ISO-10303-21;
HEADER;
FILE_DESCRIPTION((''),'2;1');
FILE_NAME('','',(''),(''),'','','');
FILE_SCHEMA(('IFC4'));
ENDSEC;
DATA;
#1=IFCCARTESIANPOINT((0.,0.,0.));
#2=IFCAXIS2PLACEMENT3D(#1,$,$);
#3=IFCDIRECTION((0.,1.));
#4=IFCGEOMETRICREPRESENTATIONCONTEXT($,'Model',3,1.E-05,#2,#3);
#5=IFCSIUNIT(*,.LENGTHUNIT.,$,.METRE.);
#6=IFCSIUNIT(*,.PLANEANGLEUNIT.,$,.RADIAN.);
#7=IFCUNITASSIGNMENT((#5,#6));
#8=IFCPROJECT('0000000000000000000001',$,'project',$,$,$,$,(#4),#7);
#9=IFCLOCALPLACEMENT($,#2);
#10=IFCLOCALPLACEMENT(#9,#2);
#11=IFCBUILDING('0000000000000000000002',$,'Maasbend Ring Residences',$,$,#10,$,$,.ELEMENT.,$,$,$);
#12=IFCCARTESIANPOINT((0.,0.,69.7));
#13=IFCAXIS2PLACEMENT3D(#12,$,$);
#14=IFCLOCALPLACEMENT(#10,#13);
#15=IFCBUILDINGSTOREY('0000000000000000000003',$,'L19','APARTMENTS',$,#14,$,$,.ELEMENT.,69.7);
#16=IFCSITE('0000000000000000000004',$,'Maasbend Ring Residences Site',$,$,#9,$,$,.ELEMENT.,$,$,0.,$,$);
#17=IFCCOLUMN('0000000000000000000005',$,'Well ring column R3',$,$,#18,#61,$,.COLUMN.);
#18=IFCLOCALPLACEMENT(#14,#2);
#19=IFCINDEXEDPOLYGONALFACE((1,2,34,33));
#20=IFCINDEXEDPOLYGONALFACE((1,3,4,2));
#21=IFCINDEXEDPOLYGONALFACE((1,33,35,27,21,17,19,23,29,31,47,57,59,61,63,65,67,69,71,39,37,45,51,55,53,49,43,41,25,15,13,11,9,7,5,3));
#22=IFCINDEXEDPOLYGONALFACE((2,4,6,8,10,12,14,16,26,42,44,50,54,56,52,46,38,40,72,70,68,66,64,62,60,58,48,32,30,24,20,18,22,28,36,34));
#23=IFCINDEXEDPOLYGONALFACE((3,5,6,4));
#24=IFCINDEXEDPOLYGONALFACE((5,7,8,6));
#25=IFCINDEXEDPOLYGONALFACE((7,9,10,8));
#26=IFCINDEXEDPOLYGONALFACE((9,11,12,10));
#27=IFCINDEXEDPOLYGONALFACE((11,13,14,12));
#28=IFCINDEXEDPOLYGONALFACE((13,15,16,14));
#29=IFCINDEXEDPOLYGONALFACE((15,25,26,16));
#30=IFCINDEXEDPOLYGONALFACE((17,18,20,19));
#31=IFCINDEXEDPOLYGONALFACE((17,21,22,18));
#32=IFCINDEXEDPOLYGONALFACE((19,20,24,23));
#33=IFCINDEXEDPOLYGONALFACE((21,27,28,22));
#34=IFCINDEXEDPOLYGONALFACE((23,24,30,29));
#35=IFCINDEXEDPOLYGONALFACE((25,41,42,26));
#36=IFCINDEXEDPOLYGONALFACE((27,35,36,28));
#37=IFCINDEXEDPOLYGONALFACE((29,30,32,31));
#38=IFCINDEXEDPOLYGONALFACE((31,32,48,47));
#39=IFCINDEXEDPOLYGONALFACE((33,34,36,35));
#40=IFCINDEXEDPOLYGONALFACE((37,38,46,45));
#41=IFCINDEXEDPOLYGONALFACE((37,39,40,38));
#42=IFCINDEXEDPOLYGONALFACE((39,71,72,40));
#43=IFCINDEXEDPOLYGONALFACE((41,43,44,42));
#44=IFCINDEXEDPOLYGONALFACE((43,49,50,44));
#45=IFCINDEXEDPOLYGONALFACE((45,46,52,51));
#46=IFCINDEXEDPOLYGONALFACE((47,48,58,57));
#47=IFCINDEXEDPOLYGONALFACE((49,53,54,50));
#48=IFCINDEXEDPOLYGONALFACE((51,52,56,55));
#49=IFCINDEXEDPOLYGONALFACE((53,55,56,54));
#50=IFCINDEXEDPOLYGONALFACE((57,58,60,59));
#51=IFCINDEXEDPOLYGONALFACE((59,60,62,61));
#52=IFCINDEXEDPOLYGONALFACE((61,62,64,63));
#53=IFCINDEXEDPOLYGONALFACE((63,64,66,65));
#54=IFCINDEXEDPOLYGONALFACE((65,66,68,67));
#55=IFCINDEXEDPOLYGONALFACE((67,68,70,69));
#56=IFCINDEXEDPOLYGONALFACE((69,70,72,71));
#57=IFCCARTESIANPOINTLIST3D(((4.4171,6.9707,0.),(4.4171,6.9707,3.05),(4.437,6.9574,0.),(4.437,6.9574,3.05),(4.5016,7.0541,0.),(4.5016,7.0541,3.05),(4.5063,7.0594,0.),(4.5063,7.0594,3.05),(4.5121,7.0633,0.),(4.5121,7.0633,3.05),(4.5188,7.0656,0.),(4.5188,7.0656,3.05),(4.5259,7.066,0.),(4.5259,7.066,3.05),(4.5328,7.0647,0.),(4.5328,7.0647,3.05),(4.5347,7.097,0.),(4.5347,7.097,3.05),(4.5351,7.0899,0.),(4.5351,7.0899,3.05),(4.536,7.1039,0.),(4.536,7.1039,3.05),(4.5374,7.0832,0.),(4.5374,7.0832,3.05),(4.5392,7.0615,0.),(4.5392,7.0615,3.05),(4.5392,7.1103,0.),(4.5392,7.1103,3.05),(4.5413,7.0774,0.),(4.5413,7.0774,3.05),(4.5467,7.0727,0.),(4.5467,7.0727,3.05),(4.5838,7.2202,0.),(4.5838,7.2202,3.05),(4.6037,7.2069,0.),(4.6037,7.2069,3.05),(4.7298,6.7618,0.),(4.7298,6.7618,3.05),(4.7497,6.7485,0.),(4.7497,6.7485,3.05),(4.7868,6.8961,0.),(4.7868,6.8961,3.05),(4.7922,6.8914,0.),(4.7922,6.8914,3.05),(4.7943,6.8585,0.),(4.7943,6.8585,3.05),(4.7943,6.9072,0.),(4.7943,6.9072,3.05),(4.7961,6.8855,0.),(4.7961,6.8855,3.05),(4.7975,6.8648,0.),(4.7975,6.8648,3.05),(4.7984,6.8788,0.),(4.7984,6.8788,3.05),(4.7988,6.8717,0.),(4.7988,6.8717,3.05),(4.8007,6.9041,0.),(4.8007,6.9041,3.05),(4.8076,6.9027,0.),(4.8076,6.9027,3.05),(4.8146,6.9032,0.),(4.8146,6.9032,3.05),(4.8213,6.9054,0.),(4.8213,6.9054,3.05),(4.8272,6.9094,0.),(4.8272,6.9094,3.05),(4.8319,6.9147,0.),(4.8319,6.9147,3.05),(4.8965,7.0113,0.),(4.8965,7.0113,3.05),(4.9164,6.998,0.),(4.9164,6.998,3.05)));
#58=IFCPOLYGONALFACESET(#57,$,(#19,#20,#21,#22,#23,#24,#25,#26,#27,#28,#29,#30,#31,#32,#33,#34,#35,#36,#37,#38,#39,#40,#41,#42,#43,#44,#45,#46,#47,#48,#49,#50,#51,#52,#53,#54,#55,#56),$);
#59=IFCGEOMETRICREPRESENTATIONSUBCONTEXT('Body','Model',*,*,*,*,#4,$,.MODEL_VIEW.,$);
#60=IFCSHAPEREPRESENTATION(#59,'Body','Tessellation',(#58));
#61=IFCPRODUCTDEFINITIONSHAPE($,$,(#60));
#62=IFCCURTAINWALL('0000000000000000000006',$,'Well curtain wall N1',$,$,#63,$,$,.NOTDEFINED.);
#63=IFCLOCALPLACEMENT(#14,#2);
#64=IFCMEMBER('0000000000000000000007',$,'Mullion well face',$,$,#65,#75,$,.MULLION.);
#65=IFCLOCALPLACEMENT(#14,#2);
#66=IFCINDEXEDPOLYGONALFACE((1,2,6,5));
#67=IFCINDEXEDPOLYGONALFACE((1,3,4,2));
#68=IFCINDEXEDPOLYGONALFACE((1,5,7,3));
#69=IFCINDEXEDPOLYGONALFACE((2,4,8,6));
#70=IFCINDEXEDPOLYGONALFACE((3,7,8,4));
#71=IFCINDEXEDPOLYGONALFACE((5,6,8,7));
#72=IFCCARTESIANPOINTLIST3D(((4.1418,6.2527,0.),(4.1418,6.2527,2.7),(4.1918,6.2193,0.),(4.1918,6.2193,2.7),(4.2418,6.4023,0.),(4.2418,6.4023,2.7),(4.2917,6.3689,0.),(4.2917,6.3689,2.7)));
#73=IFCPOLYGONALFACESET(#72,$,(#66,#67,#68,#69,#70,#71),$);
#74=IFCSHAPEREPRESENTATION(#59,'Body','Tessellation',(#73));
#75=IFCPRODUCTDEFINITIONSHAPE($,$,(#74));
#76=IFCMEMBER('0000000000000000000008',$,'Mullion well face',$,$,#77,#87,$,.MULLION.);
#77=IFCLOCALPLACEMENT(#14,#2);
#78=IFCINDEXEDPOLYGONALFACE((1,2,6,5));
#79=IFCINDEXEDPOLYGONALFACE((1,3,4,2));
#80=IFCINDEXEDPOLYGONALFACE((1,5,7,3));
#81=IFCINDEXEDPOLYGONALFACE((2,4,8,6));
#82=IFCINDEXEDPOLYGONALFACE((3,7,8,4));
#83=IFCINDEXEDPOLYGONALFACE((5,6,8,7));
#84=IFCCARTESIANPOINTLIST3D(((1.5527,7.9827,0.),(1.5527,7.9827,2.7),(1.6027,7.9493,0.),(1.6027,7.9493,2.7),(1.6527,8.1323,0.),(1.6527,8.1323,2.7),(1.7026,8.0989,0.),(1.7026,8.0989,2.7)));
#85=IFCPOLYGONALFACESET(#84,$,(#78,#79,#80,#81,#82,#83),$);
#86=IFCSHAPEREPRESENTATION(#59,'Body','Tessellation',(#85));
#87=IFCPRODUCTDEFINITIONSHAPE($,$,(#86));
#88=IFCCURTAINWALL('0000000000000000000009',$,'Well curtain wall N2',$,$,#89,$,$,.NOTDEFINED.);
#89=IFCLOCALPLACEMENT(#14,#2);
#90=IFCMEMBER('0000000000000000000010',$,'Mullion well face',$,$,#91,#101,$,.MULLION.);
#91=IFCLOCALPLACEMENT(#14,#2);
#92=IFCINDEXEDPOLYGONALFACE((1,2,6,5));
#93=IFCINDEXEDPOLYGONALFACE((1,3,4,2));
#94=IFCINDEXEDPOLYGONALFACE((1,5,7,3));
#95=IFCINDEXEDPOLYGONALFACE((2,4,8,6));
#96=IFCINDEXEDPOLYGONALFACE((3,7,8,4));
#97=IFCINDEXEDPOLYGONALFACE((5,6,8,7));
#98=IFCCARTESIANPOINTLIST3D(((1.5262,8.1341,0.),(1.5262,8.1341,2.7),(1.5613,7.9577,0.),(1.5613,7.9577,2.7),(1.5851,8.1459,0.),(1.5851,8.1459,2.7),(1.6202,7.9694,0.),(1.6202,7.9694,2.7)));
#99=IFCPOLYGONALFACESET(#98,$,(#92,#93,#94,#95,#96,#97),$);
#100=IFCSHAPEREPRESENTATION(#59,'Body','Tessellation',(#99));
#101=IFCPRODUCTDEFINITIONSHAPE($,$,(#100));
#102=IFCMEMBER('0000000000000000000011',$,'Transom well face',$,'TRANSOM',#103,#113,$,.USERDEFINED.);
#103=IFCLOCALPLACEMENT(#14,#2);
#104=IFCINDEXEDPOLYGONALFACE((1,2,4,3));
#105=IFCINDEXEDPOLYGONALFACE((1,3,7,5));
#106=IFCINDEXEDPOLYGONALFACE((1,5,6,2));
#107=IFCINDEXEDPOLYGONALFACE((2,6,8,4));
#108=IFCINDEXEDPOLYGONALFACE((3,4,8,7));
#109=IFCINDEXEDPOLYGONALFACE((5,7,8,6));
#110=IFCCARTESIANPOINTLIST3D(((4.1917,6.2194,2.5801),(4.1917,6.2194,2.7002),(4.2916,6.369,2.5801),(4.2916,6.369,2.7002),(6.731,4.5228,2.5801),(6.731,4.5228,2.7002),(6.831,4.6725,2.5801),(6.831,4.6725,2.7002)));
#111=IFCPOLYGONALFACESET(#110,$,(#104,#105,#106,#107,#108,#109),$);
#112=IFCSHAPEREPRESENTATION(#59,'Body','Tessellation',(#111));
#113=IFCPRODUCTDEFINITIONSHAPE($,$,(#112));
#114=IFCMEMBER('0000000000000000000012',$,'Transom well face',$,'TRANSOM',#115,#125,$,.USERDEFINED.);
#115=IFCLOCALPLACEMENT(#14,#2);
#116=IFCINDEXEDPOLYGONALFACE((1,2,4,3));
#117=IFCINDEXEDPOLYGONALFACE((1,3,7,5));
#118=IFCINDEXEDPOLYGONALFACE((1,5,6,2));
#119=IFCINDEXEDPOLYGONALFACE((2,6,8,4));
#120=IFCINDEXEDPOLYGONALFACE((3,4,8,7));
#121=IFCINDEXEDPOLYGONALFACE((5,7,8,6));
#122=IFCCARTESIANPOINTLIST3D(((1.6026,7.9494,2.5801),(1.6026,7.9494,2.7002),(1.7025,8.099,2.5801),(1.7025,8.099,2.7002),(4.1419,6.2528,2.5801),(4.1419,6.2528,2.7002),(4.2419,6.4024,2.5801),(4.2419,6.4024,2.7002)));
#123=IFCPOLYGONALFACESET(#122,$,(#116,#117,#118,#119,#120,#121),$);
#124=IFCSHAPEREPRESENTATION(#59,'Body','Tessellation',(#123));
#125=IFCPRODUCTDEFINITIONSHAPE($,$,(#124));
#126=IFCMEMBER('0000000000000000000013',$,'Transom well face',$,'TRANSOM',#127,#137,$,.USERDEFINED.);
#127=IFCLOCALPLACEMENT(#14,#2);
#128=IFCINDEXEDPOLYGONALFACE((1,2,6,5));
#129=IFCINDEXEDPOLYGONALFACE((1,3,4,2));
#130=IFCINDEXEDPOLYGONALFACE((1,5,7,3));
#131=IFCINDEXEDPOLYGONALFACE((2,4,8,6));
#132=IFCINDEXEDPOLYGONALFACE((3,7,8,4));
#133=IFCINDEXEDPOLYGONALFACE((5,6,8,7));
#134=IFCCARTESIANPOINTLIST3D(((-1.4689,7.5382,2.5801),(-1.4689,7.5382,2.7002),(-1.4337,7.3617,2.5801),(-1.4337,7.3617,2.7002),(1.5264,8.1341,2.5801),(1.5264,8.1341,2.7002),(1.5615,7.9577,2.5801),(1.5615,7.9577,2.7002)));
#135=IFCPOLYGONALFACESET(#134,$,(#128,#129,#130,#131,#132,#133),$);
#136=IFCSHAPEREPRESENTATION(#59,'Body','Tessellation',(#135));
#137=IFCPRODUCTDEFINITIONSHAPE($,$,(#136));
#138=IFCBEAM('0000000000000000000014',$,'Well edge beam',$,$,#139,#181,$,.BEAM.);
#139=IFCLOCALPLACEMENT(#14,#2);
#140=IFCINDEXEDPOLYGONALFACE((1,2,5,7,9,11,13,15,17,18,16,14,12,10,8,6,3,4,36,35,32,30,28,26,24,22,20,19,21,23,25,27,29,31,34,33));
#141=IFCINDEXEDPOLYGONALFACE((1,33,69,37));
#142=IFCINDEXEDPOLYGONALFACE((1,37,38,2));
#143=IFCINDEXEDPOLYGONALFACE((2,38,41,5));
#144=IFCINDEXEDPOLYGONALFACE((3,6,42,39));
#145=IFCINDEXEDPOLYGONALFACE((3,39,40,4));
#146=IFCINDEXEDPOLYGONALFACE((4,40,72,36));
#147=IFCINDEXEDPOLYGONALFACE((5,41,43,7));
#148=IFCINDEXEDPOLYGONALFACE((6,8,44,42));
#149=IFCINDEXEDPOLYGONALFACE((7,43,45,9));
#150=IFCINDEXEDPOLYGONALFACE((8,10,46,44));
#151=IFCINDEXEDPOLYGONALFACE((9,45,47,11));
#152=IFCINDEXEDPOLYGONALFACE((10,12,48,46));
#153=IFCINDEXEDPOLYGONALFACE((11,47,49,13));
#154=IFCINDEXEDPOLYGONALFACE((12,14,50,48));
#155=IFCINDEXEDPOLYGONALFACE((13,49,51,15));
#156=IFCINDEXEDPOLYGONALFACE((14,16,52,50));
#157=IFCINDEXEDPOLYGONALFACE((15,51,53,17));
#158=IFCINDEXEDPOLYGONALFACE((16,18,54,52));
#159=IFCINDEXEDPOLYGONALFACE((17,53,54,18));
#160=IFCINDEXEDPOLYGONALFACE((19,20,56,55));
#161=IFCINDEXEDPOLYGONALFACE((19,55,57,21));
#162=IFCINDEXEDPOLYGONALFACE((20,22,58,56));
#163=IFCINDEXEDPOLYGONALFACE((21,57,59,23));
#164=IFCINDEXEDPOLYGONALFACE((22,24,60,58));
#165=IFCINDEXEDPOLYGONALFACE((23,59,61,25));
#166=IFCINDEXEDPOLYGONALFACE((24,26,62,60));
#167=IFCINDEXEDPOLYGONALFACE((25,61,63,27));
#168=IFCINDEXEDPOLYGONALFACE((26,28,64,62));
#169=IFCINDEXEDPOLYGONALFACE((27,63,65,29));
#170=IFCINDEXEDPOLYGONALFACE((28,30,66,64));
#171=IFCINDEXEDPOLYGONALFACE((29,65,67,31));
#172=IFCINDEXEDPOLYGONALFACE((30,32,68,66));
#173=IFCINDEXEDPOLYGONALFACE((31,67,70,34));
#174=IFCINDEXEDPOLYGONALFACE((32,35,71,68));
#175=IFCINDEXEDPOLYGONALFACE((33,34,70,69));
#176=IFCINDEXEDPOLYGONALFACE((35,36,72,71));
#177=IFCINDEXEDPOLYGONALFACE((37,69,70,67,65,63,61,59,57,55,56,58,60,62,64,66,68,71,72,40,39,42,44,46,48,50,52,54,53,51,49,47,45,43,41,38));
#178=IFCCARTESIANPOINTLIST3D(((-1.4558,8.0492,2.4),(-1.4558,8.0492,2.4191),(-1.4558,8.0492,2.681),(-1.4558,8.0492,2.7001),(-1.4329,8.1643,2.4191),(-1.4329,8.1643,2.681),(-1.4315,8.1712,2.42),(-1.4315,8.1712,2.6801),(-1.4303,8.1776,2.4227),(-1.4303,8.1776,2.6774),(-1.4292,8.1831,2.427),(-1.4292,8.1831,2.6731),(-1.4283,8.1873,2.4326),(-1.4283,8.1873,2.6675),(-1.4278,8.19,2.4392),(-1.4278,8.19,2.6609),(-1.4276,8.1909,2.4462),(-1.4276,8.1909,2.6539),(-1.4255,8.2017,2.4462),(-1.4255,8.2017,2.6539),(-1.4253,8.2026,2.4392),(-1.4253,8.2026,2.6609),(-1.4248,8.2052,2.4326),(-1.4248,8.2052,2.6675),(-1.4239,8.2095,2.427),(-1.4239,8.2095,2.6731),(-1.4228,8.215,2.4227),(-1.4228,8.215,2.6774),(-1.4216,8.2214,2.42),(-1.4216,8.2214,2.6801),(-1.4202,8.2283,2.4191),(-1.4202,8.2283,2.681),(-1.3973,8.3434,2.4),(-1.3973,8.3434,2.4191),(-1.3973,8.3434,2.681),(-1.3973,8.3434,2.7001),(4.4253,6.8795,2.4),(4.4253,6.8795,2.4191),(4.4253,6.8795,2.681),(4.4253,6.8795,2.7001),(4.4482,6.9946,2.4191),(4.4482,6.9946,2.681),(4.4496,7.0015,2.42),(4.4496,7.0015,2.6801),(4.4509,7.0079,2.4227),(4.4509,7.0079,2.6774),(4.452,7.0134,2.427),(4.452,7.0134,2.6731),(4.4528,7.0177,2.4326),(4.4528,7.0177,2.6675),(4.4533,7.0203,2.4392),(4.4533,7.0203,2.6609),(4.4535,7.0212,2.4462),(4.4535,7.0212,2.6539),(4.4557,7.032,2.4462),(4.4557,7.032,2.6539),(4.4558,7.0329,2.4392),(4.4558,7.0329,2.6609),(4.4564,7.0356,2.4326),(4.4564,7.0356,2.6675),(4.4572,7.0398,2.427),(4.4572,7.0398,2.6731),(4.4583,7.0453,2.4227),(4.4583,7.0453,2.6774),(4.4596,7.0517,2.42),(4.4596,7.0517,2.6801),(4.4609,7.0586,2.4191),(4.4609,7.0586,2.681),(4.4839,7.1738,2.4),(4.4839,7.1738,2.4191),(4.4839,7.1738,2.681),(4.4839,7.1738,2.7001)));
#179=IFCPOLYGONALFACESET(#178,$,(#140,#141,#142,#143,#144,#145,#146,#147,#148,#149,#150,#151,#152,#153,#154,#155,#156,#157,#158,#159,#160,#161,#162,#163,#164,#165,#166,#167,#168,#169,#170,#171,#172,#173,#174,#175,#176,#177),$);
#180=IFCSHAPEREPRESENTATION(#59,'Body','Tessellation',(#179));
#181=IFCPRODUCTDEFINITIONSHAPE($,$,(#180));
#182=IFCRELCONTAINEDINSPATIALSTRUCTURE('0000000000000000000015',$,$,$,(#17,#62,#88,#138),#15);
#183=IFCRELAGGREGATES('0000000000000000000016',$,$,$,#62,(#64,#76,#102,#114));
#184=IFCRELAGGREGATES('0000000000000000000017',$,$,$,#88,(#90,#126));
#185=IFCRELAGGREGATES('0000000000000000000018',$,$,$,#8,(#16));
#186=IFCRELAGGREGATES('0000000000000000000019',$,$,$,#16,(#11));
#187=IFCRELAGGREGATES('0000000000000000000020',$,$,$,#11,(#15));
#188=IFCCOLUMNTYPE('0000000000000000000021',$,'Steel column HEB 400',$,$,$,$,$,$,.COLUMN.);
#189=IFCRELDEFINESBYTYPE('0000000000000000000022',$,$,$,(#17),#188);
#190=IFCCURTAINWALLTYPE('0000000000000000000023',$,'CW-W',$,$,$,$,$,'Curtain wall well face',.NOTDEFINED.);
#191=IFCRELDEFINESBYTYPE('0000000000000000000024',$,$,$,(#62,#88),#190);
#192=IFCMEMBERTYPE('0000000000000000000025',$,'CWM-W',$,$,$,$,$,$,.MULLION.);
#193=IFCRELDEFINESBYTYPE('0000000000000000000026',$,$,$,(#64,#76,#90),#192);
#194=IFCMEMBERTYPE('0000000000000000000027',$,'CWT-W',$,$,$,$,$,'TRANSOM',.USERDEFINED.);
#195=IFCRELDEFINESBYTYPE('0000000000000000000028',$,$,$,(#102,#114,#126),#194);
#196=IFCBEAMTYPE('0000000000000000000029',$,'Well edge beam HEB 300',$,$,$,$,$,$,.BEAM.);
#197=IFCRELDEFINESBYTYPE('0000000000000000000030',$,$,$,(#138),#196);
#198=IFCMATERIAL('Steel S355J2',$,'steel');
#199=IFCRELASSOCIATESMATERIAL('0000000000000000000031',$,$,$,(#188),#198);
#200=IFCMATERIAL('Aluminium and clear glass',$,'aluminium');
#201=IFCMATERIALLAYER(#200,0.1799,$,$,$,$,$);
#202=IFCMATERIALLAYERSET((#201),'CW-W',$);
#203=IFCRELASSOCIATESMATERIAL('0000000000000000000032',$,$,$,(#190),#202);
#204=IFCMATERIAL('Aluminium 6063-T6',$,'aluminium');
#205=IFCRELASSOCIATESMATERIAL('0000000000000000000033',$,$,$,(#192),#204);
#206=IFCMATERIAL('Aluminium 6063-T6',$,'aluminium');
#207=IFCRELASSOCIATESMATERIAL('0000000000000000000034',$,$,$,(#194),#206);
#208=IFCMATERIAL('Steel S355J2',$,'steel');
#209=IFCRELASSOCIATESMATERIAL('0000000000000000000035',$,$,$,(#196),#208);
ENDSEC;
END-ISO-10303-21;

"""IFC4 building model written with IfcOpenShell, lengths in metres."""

from ifc_helpers import new_model, si_unit, direction, frame, origin, origin_2d, place, context, subcontext, project, spatial, rectangle, i_section, extrude, material, layer, layer_set, material_profile, profile_set, type_object, element, aggregate, save


model = new_model("IFC4")

# Units and contexts
model_context = context("Model", 3, precision=1e-05, world=origin(), true_north=direction((0.0, 1.0)))
body_context = subcontext(model_context, "Body", "Model", "MODEL_VIEW")
ifc_project = project(units=[si_unit("LENGTHUNIT", "METRE"), si_unit("PLANEANGLEUNIT", "RADIAN")], contexts=[model_context])

# Site, building, storey
site_placement = place(None, origin())
site = spatial("IfcSite", under=ifc_project, at=site_placement, Name="Maasbend Ring Residences Site", CompositionType="ELEMENT", RefElevation=0.0)
building_placement = place(site_placement, origin())
building = spatial("IfcBuilding", under=site, at=building_placement, Name="Maasbend Ring Residences", CompositionType="ELEMENT")
storey_placement = place(building_placement, frame((0.0, 0.0, 69.7)))
storey = spatial("IfcBuildingStorey", under=building, at=storey_placement, Name="L19", Description="APARTMENTS", CompositionType="ELEMENT", Elevation=69.7)

# Column
ifc_material_1 = material(Name="Steel S355J2", Category="steel")
ifc_material_profile_1 = material_profile(ifc_material_1, i_section(OverallWidth=0.3, OverallDepth=0.3999, WebThickness=0.0134, FlangeThickness=0.0239, FilletRadius=0.0271, at=origin_2d()), Name="HEB 400")
ifc_profile_set_1 = profile_set([ifc_material_profile_1], Name="Steel S355J2")
column_type = type_object("IfcColumnType", Name="Steel column HEB 400", PredefinedType="COLUMN", material=ifc_profile_set_1)
column_placement = place(storey_placement, frame((4.6667, 6.9844, 0.0), z_axis=(0.0, 0.0, 1.0), x_axis=(0.55557, 0.83147, 0.0)))
element("IfcColumn", 1, at=column_placement, inside=storey, type_object=column_type, Name="Well ring column R3", PredefinedType="COLUMN", context=body_context, shape_type="SweptSolid", body=[
    extrude(i_section(OverallWidth=0.3, OverallDepth=0.3999, WebThickness=0.0134, FlangeThickness=0.0239, FilletRadius=0.0271, at=origin_2d()), origin(), (0.0, 0.0, 1.0), 3.05),
])

# Curtain wall, members
ifc_material_2 = material(Name="Aluminium and clear glass", Category="aluminium")
ifc_layer_1 = layer(ifc_material_2, 0.1799)
ifc_layer_set_1 = layer_set([ifc_layer_1], Name="CW-W")
curtain_wall_type = type_object("IfcCurtainWallType", Name="CW-W", ElementType="Curtain wall well face", PredefinedType="NOTDEFINED", material=ifc_layer_set_1)
curtain_wall_1_placement = place(storey_placement, origin())
curtain_wall_1 = element("IfcCurtainWall", 2, at=curtain_wall_1_placement, inside=storey, type_object=curtain_wall_type, Name="Well curtain wall N1", PredefinedType="NOTDEFINED")
ifc_material_3 = material(Name="Aluminium 6063-T6", Category="aluminium")
ifc_material_profile_2 = material_profile(ifc_material_3, rectangle(XDim=0.1799, YDim=0.0601, at=origin_2d()), Name="AL 180x60")
ifc_profile_set_2 = profile_set([ifc_material_profile_2], Name="Aluminium 6063-T6")
member_type_1 = type_object("IfcMemberType", Name="CWM-W", PredefinedType="MULLION", material=ifc_profile_set_2)
member_1_placement = place(storey_placement, frame((4.2168, 6.3108, 0.0), z_axis=(0.0, 0.0, 1.0), x_axis=(-0.55557, -0.83147, 0.0)))
member_1 = element("IfcMember", 3, at=member_1_placement, type_object=member_type_1, Name="Mullion well face", PredefinedType="MULLION", context=body_context, shape_type="SweptSolid", body=[
    extrude(rectangle(XDim=0.1799, YDim=0.0601, at=origin_2d()), origin(), (0.0, 0.0, 1.0), 2.7),
])
member_2_placement = place(storey_placement, frame((1.6277, 8.0408, 0.0), z_axis=(0.0, 0.0, 1.0), x_axis=(-0.55557, -0.83147, 0.0)))
member_2 = element("IfcMember", 4, at=member_2_placement, type_object=member_type_1, Name="Mullion well face", PredefinedType="MULLION", context=body_context, shape_type="SweptSolid", body=[
    extrude(rectangle(XDim=0.1799, YDim=0.0601, at=origin_2d()), origin(), (0.0, 0.0, 1.0), 2.7),
])

# Curtain wall, member
curtain_wall_2_placement = place(storey_placement, origin())
curtain_wall_2 = element("IfcCurtainWall", 5, at=curtain_wall_2_placement, inside=storey, type_object=curtain_wall_type, Name="Well curtain wall N2", PredefinedType="NOTDEFINED")
member_3_placement = place(storey_placement, frame((1.5732, 8.0518, 0.0), z_axis=(0.0, 0.0, 1.0), x_axis=(0.19509, -0.980785, 0.0)))
member_3 = element("IfcMember", 6, at=member_3_placement, type_object=member_type_1, Name="Mullion well face", PredefinedType="MULLION", context=body_context, shape_type="SweptSolid", body=[
    extrude(rectangle(XDim=0.1799, YDim=0.0601, at=origin_2d()), origin(), (0.0, 0.0, 1.0), 2.7),
])

# Members
ifc_material_4 = material(Name="Aluminium 6063-T6", Category="aluminium")
ifc_material_profile_3 = material_profile(ifc_material_4, rectangle(XDim=0.1799, YDim=0.1201, at=origin_2d()), Name="AL 180x120")
ifc_profile_set_3 = profile_set([ifc_material_profile_3], Name="Aluminium 6063-T6")
member_type_2 = type_object("IfcMemberType", Name="CWT-W", ElementType="TRANSOM", PredefinedType="USERDEFINED", material=ifc_profile_set_3)
member_4_placement = place(storey_placement, frame((6.781, 4.5977, 2.6401), z_axis=(-0.831496, 0.55553, 0.0), x_axis=(-0.55553, -0.831496, 0.0)))
member_4 = element("IfcMember", 7, at=member_4_placement, type_object=member_type_2, Name="Transom well face", ObjectType="TRANSOM", PredefinedType="USERDEFINED", context=body_context, shape_type="SweptSolid", body=[
    extrude(rectangle(XDim=0.1799, YDim=0.1201, at=origin_2d()), origin(), (0.0, 0.0, 1.0), 3.054),
])
member_5_placement = place(storey_placement, frame((4.1919, 6.3276, 2.6401), z_axis=(-0.831496, 0.55553, 0.0), x_axis=(-0.55553, -0.831496, 0.0)))
member_5 = element("IfcMember", 8, at=member_5_placement, type_object=member_type_2, Name="Transom well face", ObjectType="TRANSOM", PredefinedType="USERDEFINED", context=body_context, shape_type="SweptSolid", body=[
    extrude(rectangle(XDim=0.1799, YDim=0.1201, at=origin_2d()), origin(), (0.0, 0.0, 1.0), 3.054),
])
member_6_placement = place(storey_placement, frame((1.5439, 8.0459, 2.6401), z_axis=(-0.980777, -0.195132, 0.0), x_axis=(0.195132, -0.980777, 0.0)))
member_6 = element("IfcMember", 9, at=member_6_placement, type_object=member_type_2, Name="Transom well face", ObjectType="TRANSOM", PredefinedType="USERDEFINED", context=body_context, shape_type="SweptSolid", body=[
    extrude(rectangle(XDim=0.1799, YDim=0.1201, at=origin_2d()), origin(), (0.0, 0.0, 1.0), 3.054),
])

# Beam
ifc_material_5 = material(Name="Steel S355J2", Category="steel")
ifc_material_profile_4 = material_profile(ifc_material_5, i_section(OverallWidth=0.3, OverallDepth=0.3, WebThickness=0.011, FlangeThickness=0.019, FilletRadius=0.0271, at=origin_2d()), Name="HEB 300")
ifc_profile_set_4 = profile_set([ifc_material_profile_4], Name="Steel S355J2")
beam_type = type_object("IfcBeamType", Name="Well edge beam HEB 300", PredefinedType="BEAM", material=ifc_profile_set_4)
beam_placement = place(storey_placement, frame((4.4546, 7.0266, 2.55), z_axis=(-0.98079, 0.195067, 0.0), x_axis=(-0.195067, -0.98079, 0.0)))
element("IfcBeam", 10, at=beam_placement, inside=storey, type_object=beam_type, Name="Well edge beam", PredefinedType="BEAM", context=body_context, shape_type="SweptSolid", body=[
    extrude(i_section(OverallWidth=0.3, OverallDepth=0.3, WebThickness=0.011, FlangeThickness=0.019, FilletRadius=0.0271, at=origin_2d()), origin(), (0.0, 0.0, 1.0), 5.9963),
])

aggregate(curtain_wall_1, [member_1, member_2, member_4, member_5])
aggregate(curtain_wall_2, [member_3, member_6])

save(model, "model.ifc")
